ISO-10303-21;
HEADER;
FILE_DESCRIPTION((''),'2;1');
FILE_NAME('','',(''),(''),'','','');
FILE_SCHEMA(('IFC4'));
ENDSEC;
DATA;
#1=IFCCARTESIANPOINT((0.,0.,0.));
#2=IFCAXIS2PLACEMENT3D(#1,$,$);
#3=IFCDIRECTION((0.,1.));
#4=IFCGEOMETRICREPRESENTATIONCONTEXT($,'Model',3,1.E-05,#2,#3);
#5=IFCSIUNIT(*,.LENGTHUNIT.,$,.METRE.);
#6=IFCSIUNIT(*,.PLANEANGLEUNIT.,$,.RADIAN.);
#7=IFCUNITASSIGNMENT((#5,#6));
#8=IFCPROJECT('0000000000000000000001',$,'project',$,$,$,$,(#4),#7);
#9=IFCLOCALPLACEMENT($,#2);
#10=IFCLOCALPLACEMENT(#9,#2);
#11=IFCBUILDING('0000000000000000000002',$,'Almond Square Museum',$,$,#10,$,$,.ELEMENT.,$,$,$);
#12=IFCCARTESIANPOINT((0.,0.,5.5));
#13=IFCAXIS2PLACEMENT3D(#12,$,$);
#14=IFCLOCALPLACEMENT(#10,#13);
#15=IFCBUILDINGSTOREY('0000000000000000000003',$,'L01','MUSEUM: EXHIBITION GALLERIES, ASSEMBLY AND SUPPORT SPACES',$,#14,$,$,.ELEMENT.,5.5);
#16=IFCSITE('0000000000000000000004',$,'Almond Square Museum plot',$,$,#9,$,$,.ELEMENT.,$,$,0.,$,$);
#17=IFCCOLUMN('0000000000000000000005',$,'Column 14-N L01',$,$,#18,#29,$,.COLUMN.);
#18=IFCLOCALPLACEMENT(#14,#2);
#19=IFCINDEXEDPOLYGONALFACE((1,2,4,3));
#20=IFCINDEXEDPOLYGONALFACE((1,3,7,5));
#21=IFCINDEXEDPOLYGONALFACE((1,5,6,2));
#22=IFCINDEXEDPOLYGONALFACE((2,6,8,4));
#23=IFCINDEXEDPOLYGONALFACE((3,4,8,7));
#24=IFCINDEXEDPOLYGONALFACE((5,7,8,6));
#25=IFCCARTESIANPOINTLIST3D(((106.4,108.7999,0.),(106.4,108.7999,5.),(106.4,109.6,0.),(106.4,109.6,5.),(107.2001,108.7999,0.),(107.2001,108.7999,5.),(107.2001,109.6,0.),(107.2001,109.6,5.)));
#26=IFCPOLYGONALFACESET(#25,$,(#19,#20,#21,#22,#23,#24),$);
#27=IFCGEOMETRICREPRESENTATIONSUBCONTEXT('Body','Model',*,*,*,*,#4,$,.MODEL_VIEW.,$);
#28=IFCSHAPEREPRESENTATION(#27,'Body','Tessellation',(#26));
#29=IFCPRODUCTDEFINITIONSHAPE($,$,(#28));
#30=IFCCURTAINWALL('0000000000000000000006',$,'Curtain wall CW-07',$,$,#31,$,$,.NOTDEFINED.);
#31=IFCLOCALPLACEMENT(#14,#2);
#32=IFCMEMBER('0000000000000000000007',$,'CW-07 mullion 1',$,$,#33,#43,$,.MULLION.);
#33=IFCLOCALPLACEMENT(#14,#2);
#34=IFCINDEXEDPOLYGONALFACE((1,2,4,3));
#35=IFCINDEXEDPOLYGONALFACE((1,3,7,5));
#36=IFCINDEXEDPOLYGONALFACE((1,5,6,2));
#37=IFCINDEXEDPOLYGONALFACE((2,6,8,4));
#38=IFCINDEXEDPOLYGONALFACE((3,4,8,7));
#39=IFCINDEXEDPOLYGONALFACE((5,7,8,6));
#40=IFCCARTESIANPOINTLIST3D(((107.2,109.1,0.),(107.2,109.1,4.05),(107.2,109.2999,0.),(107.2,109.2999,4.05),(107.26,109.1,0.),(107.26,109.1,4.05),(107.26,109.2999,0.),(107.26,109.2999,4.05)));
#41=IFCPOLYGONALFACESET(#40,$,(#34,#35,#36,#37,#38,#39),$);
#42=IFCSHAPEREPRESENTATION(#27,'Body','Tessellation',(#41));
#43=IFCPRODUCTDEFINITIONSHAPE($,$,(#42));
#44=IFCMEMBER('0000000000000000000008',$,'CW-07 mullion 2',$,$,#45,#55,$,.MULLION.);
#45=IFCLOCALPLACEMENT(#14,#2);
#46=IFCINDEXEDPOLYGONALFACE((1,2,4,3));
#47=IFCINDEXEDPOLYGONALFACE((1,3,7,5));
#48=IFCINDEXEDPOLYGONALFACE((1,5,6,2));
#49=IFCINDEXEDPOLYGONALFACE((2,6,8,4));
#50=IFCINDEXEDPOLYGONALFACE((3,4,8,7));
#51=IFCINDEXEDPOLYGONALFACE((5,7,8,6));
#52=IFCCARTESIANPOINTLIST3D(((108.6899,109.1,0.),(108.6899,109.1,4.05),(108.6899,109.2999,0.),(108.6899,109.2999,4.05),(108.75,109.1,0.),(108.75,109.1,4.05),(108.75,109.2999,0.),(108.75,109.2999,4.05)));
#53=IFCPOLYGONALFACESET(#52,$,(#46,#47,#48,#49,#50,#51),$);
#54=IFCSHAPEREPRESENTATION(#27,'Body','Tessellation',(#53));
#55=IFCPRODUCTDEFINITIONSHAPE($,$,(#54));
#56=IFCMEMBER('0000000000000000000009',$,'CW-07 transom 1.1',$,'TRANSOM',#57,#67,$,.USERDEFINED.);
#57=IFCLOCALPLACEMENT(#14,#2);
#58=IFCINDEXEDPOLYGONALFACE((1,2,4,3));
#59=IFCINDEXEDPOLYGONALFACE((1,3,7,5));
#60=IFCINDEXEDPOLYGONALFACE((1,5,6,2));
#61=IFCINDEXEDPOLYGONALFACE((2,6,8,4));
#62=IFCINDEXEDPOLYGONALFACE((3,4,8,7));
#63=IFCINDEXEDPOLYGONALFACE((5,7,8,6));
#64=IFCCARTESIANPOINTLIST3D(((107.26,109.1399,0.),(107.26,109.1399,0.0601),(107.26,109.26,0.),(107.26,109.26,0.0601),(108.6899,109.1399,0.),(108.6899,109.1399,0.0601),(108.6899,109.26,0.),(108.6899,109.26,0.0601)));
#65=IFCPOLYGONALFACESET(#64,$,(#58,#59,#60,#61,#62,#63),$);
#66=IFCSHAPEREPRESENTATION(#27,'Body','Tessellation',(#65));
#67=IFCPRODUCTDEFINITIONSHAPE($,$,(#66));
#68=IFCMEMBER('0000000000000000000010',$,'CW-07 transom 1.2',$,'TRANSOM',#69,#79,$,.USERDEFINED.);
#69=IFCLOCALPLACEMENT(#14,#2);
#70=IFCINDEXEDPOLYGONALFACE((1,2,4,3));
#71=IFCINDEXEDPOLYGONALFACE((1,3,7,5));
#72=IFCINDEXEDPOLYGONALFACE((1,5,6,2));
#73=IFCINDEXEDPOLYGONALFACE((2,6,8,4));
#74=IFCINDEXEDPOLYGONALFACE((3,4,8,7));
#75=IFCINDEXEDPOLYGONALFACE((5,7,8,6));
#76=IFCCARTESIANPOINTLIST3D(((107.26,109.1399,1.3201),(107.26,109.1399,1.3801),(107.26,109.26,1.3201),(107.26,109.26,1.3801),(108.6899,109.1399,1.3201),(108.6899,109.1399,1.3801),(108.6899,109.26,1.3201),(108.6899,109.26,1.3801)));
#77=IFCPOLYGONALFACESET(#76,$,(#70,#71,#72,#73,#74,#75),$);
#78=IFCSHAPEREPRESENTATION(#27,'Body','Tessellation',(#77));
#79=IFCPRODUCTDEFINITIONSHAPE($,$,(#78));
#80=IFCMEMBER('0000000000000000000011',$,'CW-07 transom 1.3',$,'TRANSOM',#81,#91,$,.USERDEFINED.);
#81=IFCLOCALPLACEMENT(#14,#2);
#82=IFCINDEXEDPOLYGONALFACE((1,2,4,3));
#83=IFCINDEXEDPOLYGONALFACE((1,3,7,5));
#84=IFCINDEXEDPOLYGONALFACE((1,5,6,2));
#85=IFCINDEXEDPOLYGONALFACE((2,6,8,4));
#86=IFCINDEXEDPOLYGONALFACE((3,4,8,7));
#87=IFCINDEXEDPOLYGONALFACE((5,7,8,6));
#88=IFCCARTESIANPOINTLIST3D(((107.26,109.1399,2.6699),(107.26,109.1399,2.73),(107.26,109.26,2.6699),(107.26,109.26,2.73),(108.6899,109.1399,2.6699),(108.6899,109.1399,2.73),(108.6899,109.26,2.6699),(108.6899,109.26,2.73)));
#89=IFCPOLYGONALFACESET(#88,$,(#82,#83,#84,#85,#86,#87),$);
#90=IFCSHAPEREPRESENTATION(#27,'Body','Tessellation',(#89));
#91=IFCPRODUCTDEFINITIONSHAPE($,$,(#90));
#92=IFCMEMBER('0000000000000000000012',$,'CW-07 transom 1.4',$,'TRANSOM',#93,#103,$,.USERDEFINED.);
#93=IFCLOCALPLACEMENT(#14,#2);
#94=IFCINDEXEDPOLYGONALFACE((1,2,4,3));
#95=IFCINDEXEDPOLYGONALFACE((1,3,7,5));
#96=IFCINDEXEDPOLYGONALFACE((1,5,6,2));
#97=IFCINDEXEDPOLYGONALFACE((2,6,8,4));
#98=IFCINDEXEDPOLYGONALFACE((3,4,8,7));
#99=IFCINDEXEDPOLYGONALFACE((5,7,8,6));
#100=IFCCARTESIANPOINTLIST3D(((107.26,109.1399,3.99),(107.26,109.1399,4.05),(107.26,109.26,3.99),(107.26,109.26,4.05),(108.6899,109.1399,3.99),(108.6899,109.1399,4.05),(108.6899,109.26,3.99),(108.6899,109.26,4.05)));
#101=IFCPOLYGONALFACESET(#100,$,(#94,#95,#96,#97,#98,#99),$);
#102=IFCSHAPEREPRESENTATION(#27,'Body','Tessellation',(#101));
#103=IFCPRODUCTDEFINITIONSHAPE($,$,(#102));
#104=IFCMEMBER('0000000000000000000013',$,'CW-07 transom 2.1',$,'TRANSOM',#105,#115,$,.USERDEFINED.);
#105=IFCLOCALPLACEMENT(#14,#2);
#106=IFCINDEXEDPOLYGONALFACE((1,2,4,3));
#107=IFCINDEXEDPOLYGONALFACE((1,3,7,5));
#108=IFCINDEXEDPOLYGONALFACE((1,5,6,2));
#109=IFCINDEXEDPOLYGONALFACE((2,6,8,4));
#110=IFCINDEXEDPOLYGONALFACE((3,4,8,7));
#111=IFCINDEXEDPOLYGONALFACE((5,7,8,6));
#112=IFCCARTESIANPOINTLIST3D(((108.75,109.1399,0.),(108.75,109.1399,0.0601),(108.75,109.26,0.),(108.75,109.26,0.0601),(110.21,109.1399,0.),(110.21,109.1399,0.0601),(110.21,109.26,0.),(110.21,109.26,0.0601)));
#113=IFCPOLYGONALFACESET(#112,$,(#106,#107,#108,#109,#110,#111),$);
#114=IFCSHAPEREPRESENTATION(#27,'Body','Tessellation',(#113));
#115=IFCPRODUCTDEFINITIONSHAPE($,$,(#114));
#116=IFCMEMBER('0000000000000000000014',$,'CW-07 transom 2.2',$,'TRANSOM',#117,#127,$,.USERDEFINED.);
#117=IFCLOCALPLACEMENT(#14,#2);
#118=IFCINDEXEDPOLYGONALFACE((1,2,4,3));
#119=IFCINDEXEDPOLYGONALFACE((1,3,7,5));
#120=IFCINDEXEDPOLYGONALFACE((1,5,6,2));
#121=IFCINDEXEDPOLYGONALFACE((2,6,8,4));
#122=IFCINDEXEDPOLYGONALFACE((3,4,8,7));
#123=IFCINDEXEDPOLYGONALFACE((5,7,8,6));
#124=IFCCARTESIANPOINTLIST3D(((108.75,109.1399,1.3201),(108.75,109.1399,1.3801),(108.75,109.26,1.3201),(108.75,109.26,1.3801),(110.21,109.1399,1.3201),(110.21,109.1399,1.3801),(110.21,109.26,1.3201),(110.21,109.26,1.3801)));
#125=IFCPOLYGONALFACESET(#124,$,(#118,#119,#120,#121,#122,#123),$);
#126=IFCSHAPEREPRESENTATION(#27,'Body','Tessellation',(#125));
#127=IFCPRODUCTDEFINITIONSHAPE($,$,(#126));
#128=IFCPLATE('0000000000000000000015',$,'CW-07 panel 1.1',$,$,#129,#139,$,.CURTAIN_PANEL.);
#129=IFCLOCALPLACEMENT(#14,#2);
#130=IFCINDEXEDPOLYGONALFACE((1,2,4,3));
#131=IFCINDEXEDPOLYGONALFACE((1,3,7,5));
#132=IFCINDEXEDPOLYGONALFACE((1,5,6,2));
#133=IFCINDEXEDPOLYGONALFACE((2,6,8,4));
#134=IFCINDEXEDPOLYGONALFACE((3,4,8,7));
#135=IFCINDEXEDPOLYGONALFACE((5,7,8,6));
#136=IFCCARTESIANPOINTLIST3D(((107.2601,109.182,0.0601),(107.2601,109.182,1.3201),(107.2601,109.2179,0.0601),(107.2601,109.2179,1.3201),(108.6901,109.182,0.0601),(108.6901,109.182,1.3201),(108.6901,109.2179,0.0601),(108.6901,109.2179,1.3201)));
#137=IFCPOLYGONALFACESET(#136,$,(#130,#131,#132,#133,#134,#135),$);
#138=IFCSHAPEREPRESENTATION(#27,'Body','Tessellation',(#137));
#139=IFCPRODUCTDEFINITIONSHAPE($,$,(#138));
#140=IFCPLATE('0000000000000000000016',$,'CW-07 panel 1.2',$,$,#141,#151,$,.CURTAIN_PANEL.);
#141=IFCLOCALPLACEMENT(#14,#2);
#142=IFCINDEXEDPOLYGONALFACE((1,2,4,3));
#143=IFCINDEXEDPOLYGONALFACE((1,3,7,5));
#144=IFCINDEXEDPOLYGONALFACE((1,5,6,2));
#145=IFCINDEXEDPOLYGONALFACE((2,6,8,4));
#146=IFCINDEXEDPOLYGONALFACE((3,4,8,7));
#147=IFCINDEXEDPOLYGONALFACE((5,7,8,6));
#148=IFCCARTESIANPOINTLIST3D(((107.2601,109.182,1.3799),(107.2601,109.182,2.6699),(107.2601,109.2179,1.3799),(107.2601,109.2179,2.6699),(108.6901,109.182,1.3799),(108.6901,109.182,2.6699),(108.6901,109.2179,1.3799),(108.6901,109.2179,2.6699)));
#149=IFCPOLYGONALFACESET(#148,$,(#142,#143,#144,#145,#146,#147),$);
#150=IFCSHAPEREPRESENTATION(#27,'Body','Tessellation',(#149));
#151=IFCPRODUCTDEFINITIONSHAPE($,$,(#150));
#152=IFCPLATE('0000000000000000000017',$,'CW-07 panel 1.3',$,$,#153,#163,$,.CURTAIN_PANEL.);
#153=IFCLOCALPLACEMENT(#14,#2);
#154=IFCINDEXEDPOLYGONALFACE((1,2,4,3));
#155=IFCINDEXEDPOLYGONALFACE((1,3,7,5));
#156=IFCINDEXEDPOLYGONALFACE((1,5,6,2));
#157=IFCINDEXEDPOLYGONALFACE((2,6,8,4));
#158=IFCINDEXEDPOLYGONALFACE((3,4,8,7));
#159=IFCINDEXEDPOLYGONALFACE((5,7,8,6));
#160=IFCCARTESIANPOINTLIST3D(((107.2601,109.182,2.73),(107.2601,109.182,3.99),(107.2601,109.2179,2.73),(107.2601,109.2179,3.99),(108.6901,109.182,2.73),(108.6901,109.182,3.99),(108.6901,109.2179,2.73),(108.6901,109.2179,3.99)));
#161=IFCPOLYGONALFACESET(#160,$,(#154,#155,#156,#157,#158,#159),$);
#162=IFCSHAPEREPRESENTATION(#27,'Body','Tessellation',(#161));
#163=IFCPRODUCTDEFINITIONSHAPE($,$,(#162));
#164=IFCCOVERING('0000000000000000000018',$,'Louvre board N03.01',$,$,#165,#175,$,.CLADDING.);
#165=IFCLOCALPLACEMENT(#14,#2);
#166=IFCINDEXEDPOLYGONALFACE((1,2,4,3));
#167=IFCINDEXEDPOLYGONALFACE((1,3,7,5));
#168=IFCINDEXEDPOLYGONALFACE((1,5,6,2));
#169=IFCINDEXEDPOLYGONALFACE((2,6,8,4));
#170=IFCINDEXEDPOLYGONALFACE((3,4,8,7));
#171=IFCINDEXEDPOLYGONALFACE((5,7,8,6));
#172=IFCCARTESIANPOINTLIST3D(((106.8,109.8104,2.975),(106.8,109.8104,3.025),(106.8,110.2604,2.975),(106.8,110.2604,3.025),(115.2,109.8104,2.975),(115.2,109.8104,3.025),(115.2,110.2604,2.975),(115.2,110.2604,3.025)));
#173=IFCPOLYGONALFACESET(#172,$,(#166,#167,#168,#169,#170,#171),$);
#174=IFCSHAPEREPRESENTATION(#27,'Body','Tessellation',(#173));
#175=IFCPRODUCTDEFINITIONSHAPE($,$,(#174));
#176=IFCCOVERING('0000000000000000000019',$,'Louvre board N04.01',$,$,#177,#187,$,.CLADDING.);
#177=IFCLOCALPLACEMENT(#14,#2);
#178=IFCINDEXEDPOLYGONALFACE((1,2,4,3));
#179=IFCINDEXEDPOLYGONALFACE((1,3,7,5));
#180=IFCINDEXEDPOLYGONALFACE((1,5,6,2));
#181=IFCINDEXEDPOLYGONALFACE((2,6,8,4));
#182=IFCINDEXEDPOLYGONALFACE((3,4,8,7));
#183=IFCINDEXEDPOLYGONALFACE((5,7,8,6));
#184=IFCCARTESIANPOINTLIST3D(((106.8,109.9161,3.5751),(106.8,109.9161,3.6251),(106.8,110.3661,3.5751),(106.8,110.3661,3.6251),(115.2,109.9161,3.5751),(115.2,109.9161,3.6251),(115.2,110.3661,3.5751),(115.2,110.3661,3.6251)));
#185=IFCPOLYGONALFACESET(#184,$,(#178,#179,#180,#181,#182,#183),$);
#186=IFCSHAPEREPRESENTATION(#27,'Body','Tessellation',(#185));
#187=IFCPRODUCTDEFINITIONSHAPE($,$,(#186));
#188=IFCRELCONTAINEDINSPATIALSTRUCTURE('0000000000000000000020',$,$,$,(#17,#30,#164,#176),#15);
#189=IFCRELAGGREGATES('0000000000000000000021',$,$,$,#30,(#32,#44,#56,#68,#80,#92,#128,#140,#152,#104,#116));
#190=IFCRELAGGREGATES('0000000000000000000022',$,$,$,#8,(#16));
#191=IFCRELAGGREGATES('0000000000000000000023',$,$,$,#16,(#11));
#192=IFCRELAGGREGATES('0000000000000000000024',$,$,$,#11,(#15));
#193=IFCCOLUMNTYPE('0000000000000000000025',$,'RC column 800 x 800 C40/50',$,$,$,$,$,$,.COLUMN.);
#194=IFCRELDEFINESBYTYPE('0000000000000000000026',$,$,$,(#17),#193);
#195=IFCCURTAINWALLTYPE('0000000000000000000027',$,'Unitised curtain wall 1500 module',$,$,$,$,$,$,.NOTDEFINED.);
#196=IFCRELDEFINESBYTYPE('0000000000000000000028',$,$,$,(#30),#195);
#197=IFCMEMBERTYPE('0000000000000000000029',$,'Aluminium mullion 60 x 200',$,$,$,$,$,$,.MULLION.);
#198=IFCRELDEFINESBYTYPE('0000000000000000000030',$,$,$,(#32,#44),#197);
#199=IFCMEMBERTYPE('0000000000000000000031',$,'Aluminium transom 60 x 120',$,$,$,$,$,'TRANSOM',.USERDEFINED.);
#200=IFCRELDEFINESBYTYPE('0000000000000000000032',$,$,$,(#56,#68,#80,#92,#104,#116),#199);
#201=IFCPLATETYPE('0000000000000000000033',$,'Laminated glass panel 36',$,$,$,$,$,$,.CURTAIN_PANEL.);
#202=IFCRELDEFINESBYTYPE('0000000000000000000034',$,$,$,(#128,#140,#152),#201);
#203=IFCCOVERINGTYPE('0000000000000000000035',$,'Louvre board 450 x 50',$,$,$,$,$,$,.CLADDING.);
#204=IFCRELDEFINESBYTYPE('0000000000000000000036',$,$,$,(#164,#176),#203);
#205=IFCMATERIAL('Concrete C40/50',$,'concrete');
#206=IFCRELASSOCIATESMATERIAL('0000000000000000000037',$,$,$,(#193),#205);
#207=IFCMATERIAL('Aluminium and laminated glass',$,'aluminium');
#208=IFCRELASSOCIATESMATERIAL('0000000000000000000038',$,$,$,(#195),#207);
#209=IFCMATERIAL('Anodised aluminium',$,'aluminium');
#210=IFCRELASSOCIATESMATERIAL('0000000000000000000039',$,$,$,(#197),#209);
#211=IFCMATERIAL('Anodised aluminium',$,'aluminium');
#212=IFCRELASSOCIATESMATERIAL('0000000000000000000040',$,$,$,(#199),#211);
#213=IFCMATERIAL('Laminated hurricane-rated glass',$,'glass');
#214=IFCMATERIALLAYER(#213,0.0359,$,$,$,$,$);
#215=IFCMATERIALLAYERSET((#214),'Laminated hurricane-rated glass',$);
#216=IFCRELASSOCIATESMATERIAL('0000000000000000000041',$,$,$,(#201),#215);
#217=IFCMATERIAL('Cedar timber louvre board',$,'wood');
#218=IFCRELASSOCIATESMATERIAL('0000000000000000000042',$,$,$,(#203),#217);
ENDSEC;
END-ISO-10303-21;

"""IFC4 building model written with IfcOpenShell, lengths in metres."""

from ifc_helpers import new_model, si_unit, direction, frame, origin, origin_2d, place, context, subcontext, project, spatial, rectangle, extrude, material, layer, layer_set, material_profile, profile_set, type_object, element, aggregate, save


model = new_model("IFC4")

# Units and contexts
model_context = context("Model", 3, precision=1e-05, world=origin(), true_north=direction((0.0, 1.0)))
body_context = subcontext(model_context, "Body", "Model", "MODEL_VIEW")
ifc_project = project(units=[si_unit("LENGTHUNIT", "METRE"), si_unit("PLANEANGLEUNIT", "RADIAN")], contexts=[model_context])

# Site, building, storey
site_placement = place(None, origin())
site = spatial("IfcSite", under=ifc_project, at=site_placement, Name="Almond Square Museum plot", CompositionType="ELEMENT", RefElevation=0.0)
building_placement = place(site_placement, origin())
building = spatial("IfcBuilding", under=site, at=building_placement, Name="Almond Square Museum", CompositionType="ELEMENT")
storey_placement = place(building_placement, frame((0.0, 0.0, 5.5)))
storey = spatial("IfcBuildingStorey", under=building, at=storey_placement, Name="L01", Description="MUSEUM: EXHIBITION GALLERIES, ASSEMBLY AND SUPPORT SPACES", CompositionType="ELEMENT", Elevation=5.5)

# Column
ifc_material_1 = material(Name="Concrete C40/50", Category="concrete")
ifc_material_profile_1 = material_profile(ifc_material_1, rectangle(XDim=0.8, YDim=0.8, at=origin_2d()))
ifc_profile_set_1 = profile_set([ifc_material_profile_1], Name="Concrete C40/50")
column_type = type_object("IfcColumnType", Name="RC column 800 x 800 C40/50", PredefinedType="COLUMN", material=ifc_profile_set_1)
column_placement = place(storey_placement, frame((106.8, 109.2, 0.0), z_axis=(0.0, 0.0, 1.0), x_axis=(1.0, 0.0, 0.0)))
element("IfcColumn", 1, at=column_placement, inside=storey, type_object=column_type, Name="Column 14-N L01", PredefinedType="COLUMN", context=body_context, shape_type="SweptSolid", body=[
    extrude(rectangle(XDim=0.8, YDim=0.8, at=origin_2d()), origin(), (0.0, 0.0, 1.0), 5.0),
])

# Curtain wall, members, plates
ifc_material_2 = material(Name="Aluminium and laminated glass", Category="aluminium")
curtain_wall_type = type_object("IfcCurtainWallType", Name="Unitised curtain wall 1500 module", PredefinedType="NOTDEFINED", material=ifc_material_2)
curtain_wall_placement = place(storey_placement, origin())
curtain_wall = element("IfcCurtainWall", 2, at=curtain_wall_placement, inside=storey, type_object=curtain_wall_type, Name="Curtain wall CW-07", PredefinedType="NOTDEFINED")
ifc_material_3 = material(Name="Anodised aluminium", Category="aluminium")
ifc_material_profile_2 = material_profile(ifc_material_3, rectangle(XDim=0.2, YDim=0.0601, at=origin_2d()))
ifc_profile_set_2 = profile_set([ifc_material_profile_2], Name="Anodised aluminium")
member_type_1 = type_object("IfcMemberType", Name="Aluminium mullion 60 x 200", PredefinedType="MULLION", material=ifc_profile_set_2)
member_1_placement = place(storey_placement, frame((107.23, 109.2, 0.0), z_axis=(0.0, 0.0, 1.0), x_axis=(0.0, 1.0, 0.0)))
member_1 = element("IfcMember", 3, at=member_1_placement, type_object=member_type_1, Name="CW-07 mullion 1", PredefinedType="MULLION", context=body_context, shape_type="SweptSolid", body=[
    extrude(rectangle(XDim=0.2, YDim=0.0601, at=origin_2d()), origin(), (0.0, 0.0, 1.0), 4.05),
])
member_2_placement = place(storey_placement, frame((108.72, 109.2, 0.0), z_axis=(0.0, 0.0, 1.0), x_axis=(0.0, 1.0, 0.0)))
member_2 = element("IfcMember", 4, at=member_2_placement, type_object=member_type_1, Name="CW-07 mullion 2", PredefinedType="MULLION", context=body_context, shape_type="SweptSolid", body=[
    extrude(rectangle(XDim=0.2, YDim=0.0601, at=origin_2d()), origin(), (0.0, 0.0, 1.0), 4.05),
])
ifc_material_4 = material(Name="Anodised aluminium", Category="aluminium")
ifc_material_profile_3 = material_profile(ifc_material_4, rectangle(XDim=0.1201, YDim=0.0601, at=origin_2d()))
ifc_profile_set_3 = profile_set([ifc_material_profile_3], Name="Anodised aluminium")
member_type_2 = type_object("IfcMemberType", Name="Aluminium transom 60 x 120", ElementType="TRANSOM", PredefinedType="USERDEFINED", material=ifc_profile_set_3)
member_3_placement = place(storey_placement, frame((107.26, 109.2, 0.03), z_axis=(1.0, 0.0, 0.0), x_axis=(0.0, 1.0, 0.0)))
member_3 = element("IfcMember", 5, at=member_3_placement, type_object=member_type_2, Name="CW-07 transom 1.1", ObjectType="TRANSOM", PredefinedType="USERDEFINED", context=body_context, shape_type="SweptSolid", body=[
    extrude(rectangle(XDim=0.1201, YDim=0.0601, at=origin_2d()), origin(), (0.0, 0.0, 1.0), 1.4299),
])
member_4_placement = place(storey_placement, frame((107.26, 109.2, 1.3501), z_axis=(1.0, 0.0, 0.0), x_axis=(0.0, 1.0, 0.0)))
member_4 = element("IfcMember", 6, at=member_4_placement, type_object=member_type_2, Name="CW-07 transom 1.2", ObjectType="TRANSOM", PredefinedType="USERDEFINED", context=body_context, shape_type="SweptSolid", body=[
    extrude(rectangle(XDim=0.1201, YDim=0.0601, at=origin_2d()), origin(), (0.0, 0.0, 1.0), 1.4299),
])
member_5_placement = place(storey_placement, frame((107.26, 109.2, 2.7), z_axis=(1.0, 0.0, 0.0), x_axis=(0.0, 1.0, 0.0)))
member_5 = element("IfcMember", 7, at=member_5_placement, type_object=member_type_2, Name="CW-07 transom 1.3", ObjectType="TRANSOM", PredefinedType="USERDEFINED", context=body_context, shape_type="SweptSolid", body=[
    extrude(rectangle(XDim=0.1201, YDim=0.0601, at=origin_2d()), origin(), (0.0, 0.0, 1.0), 1.4299),
])
member_6_placement = place(storey_placement, frame((107.26, 109.2, 4.02), z_axis=(1.0, 0.0, 0.0), x_axis=(0.0, 1.0, 0.0)))
member_6 = element("IfcMember", 8, at=member_6_placement, type_object=member_type_2, Name="CW-07 transom 1.4", ObjectType="TRANSOM", PredefinedType="USERDEFINED", context=body_context, shape_type="SweptSolid", body=[
    extrude(rectangle(XDim=0.1201, YDim=0.0601, at=origin_2d()), origin(), (0.0, 0.0, 1.0), 1.4299),
])
member_7_placement = place(storey_placement, frame((108.75, 109.2, 0.03), z_axis=(1.0, 0.0, 0.0), x_axis=(0.0, 1.0, 0.0)))
member_7 = element("IfcMember", 9, at=member_7_placement, type_object=member_type_2, Name="CW-07 transom 2.1", ObjectType="TRANSOM", PredefinedType="USERDEFINED", context=body_context, shape_type="SweptSolid", body=[
    extrude(rectangle(XDim=0.1201, YDim=0.0601, at=origin_2d()), origin(), (0.0, 0.0, 1.0), 1.46),
])
member_8_placement = place(storey_placement, frame((108.75, 109.2, 1.3501), z_axis=(1.0, 0.0, 0.0), x_axis=(0.0, 1.0, 0.0)))
member_8 = element("IfcMember", 10, at=member_8_placement, type_object=member_type_2, Name="CW-07 transom 2.2", ObjectType="TRANSOM", PredefinedType="USERDEFINED", context=body_context, shape_type="SweptSolid", body=[
    extrude(rectangle(XDim=0.1201, YDim=0.0601, at=origin_2d()), origin(), (0.0, 0.0, 1.0), 1.46),
])
ifc_material_5 = material(Name="Laminated hurricane-rated glass", Category="glass")
ifc_layer_1 = layer(ifc_material_5, 0.0359)
ifc_layer_set_1 = layer_set([ifc_layer_1], Name="Laminated hurricane-rated glass")
plate_type = type_object("IfcPlateType", Name="Laminated glass panel 36", PredefinedType="CURTAIN_PANEL", material=ifc_layer_set_1)
plate_1_placement = place(storey_placement, frame((107.9751, 109.2, 0.0601), z_axis=(0.0, 0.0, 1.0), x_axis=(1.0, 0.0, 0.0)))
plate_1 = element("IfcPlate", 11, at=plate_1_placement, type_object=plate_type, Name="CW-07 panel 1.1", PredefinedType="CURTAIN_PANEL", context=body_context, shape_type="SweptSolid", body=[
    extrude(rectangle(XDim=1.4299, YDim=0.0359, at=origin_2d()), origin(), (0.0, 0.0, 1.0), 1.26),
])
plate_2_placement = place(storey_placement, frame((107.9751, 109.2, 1.3799), z_axis=(0.0, 0.0, 1.0), x_axis=(1.0, 0.0, 0.0)))
plate_2 = element("IfcPlate", 12, at=plate_2_placement, type_object=plate_type, Name="CW-07 panel 1.2", PredefinedType="CURTAIN_PANEL", context=body_context, shape_type="SweptSolid", body=[
    extrude(rectangle(XDim=1.4299, YDim=0.0359, at=origin_2d()), origin(), (0.0, 0.0, 1.0), 1.29),
])
plate_3_placement = place(storey_placement, frame((107.9751, 109.2, 2.73), z_axis=(0.0, 0.0, 1.0), x_axis=(1.0, 0.0, 0.0)))
plate_3 = element("IfcPlate", 13, at=plate_3_placement, type_object=plate_type, Name="CW-07 panel 1.3", PredefinedType="CURTAIN_PANEL", context=body_context, shape_type="SweptSolid", body=[
    extrude(rectangle(XDim=1.4299, YDim=0.0359, at=origin_2d()), origin(), (0.0, 0.0, 1.0), 1.26),
])
aggregate(curtain_wall, [member_1, member_2, member_3, member_4, member_5, member_6, plate_1, plate_2, plate_3, member_7, member_8])

# Coverings
ifc_material_6 = material(Name="Cedar timber louvre board", Category="wood")
ifc_material_profile_4 = material_profile(ifc_material_6, rectangle(XDim=0.45, YDim=0.05, at=origin_2d()))
ifc_profile_set_4 = profile_set([ifc_material_profile_4], Name="Cedar timber louvre board")
covering_type_1 = type_object("IfcCoveringType", Name="Louvre board 450 x 50", PredefinedType="CLADDING", material=ifc_profile_set_4)
for number, where, z_axis, x_axis, name in (
    (14, (106.8, 110.0354, 3.0), (1.0, 0.0, 0.0), (0.0, 1.0, 0.0), "Louvre board N03.01"),
    (15, (106.8, 110.1411, 3.6001), (1.0, 0.0, 0.0), (0.0, 1.0, 0.0), "Louvre board N04.01"),
):
    element("IfcCovering", number, at=place(storey_placement, frame(where, z_axis=z_axis, x_axis=x_axis)), inside=storey, type_object=covering_type_1, Name=name, PredefinedType="CLADDING", context=body_context, shape_type="SweptSolid", body=[
        extrude(rectangle(XDim=0.45, YDim=0.05, at=origin_2d()), origin(), (0.0, 0.0, 1.0), 8.3999),
    ])

save(model, "model.ifc")
